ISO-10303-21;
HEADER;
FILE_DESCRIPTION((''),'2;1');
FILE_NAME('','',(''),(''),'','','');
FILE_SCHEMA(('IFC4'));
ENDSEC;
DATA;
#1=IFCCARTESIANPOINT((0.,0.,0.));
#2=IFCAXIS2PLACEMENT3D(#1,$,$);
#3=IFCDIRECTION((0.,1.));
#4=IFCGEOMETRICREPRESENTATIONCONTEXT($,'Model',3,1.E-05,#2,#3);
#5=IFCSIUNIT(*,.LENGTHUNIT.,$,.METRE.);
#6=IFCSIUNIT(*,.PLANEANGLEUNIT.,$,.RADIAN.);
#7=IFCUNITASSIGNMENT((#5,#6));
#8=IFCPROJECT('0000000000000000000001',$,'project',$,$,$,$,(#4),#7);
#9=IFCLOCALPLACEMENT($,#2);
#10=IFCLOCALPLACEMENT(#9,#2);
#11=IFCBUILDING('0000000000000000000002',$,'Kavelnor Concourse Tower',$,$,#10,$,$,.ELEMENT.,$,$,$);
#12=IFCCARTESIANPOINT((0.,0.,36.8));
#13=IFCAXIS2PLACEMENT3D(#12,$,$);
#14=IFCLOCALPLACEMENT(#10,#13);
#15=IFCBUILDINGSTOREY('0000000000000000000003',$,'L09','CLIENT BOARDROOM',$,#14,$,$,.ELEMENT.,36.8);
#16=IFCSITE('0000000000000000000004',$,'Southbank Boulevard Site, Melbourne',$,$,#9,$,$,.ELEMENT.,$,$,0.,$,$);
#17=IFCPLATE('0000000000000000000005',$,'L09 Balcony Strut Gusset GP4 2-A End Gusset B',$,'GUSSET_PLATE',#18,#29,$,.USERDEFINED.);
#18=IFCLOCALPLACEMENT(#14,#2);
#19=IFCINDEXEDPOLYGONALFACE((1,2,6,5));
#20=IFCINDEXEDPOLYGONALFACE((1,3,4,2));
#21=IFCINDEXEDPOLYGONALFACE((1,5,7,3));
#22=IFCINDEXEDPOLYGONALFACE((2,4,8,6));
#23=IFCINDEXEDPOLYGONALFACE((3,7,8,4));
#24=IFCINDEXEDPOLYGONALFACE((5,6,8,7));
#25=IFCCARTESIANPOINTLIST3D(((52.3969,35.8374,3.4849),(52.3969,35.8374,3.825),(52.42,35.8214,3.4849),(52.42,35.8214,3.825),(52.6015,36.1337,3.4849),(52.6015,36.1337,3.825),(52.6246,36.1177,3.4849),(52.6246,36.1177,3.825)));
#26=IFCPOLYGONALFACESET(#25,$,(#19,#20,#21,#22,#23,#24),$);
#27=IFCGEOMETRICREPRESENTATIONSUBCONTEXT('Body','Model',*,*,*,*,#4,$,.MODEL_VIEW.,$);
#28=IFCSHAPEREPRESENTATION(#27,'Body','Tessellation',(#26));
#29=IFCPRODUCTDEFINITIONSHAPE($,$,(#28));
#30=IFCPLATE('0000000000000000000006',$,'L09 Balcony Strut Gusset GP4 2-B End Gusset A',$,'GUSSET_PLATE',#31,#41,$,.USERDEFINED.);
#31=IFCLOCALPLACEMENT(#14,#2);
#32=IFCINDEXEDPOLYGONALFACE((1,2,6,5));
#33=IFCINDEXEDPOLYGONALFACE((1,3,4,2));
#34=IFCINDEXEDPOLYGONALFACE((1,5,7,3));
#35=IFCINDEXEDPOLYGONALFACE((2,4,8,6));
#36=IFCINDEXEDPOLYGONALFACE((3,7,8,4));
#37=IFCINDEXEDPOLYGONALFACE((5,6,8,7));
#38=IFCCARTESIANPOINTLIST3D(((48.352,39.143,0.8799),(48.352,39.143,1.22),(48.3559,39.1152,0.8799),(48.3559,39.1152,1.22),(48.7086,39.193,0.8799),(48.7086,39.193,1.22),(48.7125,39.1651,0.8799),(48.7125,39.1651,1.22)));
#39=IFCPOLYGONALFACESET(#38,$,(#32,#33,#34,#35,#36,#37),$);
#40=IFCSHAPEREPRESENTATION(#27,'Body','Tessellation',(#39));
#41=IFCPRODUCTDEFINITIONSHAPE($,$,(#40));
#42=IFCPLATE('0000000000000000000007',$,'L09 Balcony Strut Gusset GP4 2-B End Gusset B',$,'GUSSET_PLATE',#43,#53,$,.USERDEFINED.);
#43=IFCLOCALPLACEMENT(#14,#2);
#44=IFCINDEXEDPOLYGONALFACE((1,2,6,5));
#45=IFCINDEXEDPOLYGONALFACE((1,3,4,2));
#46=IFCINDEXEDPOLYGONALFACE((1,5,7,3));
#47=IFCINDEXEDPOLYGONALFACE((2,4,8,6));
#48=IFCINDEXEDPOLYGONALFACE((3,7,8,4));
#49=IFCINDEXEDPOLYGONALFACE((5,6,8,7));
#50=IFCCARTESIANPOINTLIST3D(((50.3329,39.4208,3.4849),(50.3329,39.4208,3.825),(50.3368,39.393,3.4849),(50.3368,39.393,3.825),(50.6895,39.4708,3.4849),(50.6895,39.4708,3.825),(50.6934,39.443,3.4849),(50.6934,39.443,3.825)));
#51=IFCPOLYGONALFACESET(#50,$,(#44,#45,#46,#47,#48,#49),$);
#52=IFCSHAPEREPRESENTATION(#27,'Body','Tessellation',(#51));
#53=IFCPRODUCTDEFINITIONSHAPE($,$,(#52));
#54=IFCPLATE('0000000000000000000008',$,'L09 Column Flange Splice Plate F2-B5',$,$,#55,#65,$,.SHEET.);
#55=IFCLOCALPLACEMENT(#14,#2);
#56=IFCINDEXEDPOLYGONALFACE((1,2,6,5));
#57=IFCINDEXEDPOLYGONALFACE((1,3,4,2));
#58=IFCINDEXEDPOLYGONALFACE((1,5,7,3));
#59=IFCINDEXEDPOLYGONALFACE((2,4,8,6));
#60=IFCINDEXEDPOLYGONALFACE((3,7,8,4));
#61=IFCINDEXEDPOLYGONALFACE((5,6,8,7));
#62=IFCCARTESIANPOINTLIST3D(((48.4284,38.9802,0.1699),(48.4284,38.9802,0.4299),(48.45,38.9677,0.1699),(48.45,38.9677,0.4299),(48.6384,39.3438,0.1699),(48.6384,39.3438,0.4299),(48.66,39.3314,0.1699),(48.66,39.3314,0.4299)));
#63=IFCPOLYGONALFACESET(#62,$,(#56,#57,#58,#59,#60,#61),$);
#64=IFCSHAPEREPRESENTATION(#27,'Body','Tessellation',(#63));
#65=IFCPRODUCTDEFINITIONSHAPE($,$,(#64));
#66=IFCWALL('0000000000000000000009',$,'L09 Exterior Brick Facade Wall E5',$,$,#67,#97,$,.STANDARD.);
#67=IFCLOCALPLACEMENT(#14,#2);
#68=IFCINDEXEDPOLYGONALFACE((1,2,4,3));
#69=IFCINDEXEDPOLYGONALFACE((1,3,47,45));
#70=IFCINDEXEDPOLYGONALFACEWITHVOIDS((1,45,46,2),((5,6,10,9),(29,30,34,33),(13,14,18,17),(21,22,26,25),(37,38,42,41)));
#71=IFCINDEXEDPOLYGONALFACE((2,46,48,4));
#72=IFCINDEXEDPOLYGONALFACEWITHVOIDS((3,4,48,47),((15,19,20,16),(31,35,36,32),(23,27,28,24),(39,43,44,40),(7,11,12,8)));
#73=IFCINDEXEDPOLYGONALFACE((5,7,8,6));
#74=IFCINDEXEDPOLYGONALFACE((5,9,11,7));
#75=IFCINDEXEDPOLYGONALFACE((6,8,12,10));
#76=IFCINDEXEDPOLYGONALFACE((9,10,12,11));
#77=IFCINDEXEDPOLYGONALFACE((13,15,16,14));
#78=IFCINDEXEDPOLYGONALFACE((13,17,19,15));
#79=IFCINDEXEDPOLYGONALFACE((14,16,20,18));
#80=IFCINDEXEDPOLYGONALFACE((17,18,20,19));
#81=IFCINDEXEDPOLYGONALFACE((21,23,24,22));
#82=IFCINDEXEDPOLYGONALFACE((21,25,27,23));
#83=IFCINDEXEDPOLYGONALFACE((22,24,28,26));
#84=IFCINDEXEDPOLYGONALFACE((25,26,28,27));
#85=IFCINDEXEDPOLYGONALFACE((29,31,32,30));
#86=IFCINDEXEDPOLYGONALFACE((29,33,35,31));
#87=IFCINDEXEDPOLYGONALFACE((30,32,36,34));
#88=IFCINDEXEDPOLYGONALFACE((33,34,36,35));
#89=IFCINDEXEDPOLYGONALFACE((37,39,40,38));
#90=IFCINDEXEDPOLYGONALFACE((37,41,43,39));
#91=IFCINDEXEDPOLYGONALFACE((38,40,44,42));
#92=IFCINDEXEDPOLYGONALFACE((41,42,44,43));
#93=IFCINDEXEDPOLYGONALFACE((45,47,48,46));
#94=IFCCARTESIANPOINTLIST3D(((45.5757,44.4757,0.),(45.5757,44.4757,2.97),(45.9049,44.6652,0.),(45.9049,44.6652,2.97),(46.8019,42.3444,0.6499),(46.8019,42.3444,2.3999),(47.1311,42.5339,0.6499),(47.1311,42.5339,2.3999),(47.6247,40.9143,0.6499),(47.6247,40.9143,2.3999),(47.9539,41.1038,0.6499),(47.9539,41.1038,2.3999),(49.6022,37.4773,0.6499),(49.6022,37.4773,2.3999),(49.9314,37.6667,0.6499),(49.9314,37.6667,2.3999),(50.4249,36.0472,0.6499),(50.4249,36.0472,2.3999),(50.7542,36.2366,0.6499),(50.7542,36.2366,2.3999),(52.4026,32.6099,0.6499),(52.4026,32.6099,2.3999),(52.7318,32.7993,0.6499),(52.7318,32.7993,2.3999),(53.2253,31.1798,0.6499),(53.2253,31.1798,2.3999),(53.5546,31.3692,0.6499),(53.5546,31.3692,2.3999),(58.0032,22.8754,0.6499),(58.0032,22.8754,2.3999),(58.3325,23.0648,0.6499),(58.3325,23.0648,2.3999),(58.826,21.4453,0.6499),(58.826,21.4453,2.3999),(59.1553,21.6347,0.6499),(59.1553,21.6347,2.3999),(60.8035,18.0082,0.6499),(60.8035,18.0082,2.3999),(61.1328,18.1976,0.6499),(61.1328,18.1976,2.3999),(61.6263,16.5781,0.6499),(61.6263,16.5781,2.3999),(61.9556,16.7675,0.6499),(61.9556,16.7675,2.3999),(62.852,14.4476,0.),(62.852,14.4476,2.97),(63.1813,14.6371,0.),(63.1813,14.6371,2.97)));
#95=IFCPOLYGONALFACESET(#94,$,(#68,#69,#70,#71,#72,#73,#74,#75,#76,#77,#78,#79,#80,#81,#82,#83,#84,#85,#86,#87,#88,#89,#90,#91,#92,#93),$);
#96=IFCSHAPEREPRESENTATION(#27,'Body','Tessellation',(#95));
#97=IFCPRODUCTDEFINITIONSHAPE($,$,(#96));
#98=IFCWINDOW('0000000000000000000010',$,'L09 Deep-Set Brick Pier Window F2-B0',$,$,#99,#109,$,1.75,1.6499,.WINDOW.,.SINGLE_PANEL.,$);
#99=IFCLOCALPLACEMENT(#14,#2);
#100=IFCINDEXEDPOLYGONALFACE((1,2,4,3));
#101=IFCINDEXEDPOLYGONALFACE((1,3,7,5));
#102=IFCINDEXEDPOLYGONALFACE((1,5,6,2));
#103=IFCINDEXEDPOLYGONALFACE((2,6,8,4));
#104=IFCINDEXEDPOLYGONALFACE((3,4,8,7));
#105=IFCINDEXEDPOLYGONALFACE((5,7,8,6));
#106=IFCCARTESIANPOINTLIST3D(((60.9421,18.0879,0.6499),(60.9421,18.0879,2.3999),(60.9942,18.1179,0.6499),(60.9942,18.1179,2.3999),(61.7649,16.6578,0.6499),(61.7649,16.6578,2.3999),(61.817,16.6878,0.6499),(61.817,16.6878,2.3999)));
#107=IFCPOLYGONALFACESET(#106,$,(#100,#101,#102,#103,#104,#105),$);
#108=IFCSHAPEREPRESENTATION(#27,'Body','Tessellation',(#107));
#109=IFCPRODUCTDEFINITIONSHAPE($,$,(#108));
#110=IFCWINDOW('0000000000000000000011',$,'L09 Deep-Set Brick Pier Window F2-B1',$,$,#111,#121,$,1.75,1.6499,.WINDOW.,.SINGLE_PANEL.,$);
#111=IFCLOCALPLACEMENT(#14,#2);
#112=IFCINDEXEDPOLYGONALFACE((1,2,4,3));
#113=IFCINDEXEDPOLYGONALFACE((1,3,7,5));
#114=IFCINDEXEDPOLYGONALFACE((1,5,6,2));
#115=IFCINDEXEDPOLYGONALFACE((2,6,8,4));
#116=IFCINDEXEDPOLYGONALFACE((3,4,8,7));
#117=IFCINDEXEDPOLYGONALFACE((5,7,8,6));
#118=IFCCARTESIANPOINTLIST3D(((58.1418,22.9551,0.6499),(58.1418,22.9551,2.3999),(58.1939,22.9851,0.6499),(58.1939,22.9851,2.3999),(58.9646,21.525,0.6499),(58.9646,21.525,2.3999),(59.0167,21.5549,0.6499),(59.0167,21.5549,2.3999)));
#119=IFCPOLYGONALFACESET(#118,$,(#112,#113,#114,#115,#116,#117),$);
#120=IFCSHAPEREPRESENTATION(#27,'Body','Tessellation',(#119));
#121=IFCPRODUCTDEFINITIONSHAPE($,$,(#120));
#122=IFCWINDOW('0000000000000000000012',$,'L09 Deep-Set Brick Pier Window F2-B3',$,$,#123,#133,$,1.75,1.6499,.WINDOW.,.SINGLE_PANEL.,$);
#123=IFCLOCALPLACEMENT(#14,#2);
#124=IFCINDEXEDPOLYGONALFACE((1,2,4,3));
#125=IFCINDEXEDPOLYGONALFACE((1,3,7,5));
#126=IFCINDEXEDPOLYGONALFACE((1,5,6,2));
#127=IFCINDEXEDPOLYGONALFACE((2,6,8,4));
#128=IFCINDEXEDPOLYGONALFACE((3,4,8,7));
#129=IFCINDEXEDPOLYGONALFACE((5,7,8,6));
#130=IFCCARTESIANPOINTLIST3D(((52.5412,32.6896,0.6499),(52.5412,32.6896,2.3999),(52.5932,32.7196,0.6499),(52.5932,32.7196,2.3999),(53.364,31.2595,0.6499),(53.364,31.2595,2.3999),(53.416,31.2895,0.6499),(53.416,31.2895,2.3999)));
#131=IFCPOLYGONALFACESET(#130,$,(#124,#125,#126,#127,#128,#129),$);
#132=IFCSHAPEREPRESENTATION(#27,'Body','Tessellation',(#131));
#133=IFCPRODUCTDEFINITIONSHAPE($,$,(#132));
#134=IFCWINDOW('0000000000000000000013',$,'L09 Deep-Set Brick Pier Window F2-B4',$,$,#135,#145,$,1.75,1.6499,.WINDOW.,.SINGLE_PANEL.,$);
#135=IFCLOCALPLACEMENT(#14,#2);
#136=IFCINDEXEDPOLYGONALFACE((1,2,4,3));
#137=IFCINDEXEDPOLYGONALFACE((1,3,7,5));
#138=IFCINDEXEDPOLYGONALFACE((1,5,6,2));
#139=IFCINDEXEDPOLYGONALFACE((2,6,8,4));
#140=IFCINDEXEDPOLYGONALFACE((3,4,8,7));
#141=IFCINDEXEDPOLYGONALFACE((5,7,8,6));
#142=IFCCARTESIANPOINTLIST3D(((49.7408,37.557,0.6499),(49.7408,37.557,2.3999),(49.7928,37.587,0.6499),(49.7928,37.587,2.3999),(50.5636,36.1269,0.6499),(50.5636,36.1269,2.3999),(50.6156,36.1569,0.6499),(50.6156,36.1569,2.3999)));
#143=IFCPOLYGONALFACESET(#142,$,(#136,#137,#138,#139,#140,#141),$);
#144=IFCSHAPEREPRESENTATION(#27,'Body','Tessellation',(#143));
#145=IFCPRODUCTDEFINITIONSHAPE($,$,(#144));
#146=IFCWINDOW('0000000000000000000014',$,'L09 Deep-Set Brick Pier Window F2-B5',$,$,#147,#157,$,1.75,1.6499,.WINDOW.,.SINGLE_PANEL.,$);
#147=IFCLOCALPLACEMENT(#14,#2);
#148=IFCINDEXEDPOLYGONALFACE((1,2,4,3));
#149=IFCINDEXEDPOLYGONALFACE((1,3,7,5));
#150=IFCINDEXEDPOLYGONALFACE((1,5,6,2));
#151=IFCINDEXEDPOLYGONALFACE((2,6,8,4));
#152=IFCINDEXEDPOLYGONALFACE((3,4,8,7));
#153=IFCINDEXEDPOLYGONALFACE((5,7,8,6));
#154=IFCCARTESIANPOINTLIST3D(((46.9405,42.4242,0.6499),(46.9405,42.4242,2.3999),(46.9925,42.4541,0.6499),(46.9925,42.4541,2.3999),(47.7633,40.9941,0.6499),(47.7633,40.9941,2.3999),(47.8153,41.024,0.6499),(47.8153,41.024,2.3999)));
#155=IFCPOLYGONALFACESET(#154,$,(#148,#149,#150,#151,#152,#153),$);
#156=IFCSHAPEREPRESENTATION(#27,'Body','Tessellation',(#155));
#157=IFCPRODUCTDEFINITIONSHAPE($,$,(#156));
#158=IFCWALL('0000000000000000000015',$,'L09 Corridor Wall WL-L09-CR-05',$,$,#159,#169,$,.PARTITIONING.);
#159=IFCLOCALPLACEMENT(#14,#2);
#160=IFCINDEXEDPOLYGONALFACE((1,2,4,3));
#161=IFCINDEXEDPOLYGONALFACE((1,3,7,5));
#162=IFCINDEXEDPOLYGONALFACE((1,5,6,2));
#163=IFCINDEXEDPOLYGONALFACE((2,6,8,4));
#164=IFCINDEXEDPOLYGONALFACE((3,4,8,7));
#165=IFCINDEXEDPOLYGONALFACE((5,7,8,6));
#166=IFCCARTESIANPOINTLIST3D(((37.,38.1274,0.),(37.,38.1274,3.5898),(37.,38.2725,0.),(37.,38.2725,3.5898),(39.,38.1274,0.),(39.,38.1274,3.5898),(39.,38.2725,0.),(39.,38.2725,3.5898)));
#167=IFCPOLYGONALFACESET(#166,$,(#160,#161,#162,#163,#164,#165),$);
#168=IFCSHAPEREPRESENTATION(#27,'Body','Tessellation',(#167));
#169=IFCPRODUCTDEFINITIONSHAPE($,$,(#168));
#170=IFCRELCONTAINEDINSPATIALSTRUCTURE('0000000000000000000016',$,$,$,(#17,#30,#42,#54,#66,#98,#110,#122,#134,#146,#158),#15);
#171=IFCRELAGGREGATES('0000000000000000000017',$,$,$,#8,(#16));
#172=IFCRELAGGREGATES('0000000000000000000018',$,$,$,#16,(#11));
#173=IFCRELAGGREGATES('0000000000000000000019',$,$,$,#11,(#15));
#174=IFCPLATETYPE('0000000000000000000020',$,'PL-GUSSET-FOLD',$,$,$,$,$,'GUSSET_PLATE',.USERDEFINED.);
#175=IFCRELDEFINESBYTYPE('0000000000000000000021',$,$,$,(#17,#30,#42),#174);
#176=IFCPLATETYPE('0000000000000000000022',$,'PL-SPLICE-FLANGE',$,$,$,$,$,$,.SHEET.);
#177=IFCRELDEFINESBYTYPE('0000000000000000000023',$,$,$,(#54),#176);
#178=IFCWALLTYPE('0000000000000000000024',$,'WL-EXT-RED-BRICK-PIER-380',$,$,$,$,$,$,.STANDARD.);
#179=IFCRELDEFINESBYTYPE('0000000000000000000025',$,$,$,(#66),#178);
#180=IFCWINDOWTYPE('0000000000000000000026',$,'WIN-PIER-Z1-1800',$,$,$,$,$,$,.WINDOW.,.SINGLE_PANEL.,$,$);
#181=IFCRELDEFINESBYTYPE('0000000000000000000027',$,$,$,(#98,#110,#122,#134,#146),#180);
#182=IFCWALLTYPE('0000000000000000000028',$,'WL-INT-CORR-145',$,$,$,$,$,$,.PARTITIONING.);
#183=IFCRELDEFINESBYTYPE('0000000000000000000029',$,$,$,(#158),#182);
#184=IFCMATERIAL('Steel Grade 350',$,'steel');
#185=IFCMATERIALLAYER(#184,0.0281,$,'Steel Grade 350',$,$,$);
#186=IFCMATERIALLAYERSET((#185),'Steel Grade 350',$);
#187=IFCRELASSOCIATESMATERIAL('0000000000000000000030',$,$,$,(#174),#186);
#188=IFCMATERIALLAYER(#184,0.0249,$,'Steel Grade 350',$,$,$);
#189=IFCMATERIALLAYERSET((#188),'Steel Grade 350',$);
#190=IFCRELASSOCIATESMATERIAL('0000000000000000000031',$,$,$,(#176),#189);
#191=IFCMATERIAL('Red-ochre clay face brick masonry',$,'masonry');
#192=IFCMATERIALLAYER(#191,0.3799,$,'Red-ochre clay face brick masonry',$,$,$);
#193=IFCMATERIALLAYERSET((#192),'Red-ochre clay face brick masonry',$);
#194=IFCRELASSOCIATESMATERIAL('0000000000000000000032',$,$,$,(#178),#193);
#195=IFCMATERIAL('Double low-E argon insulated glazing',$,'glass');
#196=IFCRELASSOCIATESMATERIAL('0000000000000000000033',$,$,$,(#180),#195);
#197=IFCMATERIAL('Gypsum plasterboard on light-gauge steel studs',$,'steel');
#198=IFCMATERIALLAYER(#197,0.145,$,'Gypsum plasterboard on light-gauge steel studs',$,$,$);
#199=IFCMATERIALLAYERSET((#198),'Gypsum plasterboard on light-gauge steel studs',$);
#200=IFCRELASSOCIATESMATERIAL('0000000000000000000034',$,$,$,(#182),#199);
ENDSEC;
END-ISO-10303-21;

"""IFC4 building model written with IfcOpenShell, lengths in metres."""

from ifc_helpers import new_model, si_unit, direction, frame, frame_2d, origin, origin_2d, place, context, subcontext, project, spatial, rectangle, extrude, material, layer, layer_set, type_object, element, fill, save


model = new_model("IFC4")

# Units and contexts
model_context = context("Model", 3, precision=1e-05, world=origin(), true_north=direction((0.0, 1.0)))
body_context = subcontext(model_context, "Body", "Model", "MODEL_VIEW")
ifc_project = project(units=[si_unit("LENGTHUNIT", "METRE"), si_unit("PLANEANGLEUNIT", "RADIAN")], contexts=[model_context])

# Site, building, storey
site_placement = place(None, origin())
site = spatial("IfcSite", under=ifc_project, at=site_placement, Name="Southbank Boulevard Site, Melbourne", CompositionType="ELEMENT", RefElevation=0.0)
building_placement = place(site_placement, origin())
building = spatial("IfcBuilding", under=site, at=building_placement, Name="Kavelnor Concourse Tower", CompositionType="ELEMENT")
storey_placement = place(building_placement, frame((0.0, 0.0, 36.8)))
storey = spatial("IfcBuildingStorey", under=building, at=storey_placement, Name="L09", Description="CLIENT BOARDROOM", CompositionType="ELEMENT", Elevation=36.8)

# Shared definitions
ifc_material_1 = material(Name="Steel Grade 350", Category="steel")

# Plates
ifc_layer_1 = layer(ifc_material_1, 0.0281, Name="Steel Grade 350")
ifc_layer_set_1 = layer_set([ifc_layer_1], Name="Steel Grade 350")
plate_type_1 = type_object("IfcPlateType", Name="PL-GUSSET-FOLD", ElementType="GUSSET_PLATE", PredefinedType="USERDEFINED", material=ifc_layer_set_1)
for number, where, z_axis, x_axis, name in (
    (1, (52.5107, 35.9775, 3.4849), (0.0, 0.0, 1.0), (0.568275, 0.822839, 0.0), "L09 Balcony Strut Gusset GP4 2-A End Gusset B"),
    (2, (48.5322, 39.1541, 0.8799), (0.0, 0.0, 1.0), (0.990317, 0.138827, 0.0), "L09 Balcony Strut Gusset GP4 2-B End Gusset A"),
    (3, (50.5132, 39.4319, 3.4849), (0.0, 0.0, 1.0), (0.990317, 0.138827, 0.0), "L09 Balcony Strut Gusset GP4 2-B End Gusset B"),
):
    element("IfcPlate", number, at=place(storey_placement, frame(where, z_axis=z_axis, x_axis=x_axis)), inside=storey, type_object=plate_type_1, Name=name, ObjectType="GUSSET_PLATE", PredefinedType="USERDEFINED", context=body_context, shape_type="SweptSolid", body=[
        extrude(rectangle(XDim=0.3601, YDim=0.0281, at=origin_2d()), origin(), (0.0, 0.0, 1.0), 0.3401),
    ])
ifc_layer_2 = layer(ifc_material_1, 0.0249, Name="Steel Grade 350")
ifc_layer_set_2 = layer_set([ifc_layer_2], Name="Steel Grade 350")
plate_type_2 = type_object("IfcPlateType", Name="PL-SPLICE-FLANGE", PredefinedType="SHEET", material=ifc_layer_set_2)
plate_placement = place(storey_placement, frame((48.5442, 39.1558, 0.1699), z_axis=(0.0, 0.0, 1.0), x_axis=(-0.5, -0.866025, 0.0)))
element("IfcPlate", 4, at=plate_placement, inside=storey, type_object=plate_type_2, Name="L09 Column Flange Splice Plate F2-B5", PredefinedType="SHEET", context=body_context, shape_type="SweptSolid", body=[
    extrude(rectangle(XDim=0.4199, YDim=0.0249, at=origin_2d()), origin(), (0.0, 0.0, 1.0), 0.26),
])

# Wall, openings, windows
ifc_material_2 = material(Name="Red-ochre clay face brick masonry", Category="masonry")
ifc_layer_3 = layer(ifc_material_2, 0.3799, Name="Red-ochre clay face brick masonry")
ifc_layer_set_3 = layer_set([ifc_layer_3], Name="Red-ochre clay face brick masonry")
wall_type_1 = type_object("IfcWallType", Name="WL-EXT-RED-BRICK-PIER-380", PredefinedType="STANDARD", material=ifc_layer_set_3)
wall_1_placement = place(storey_placement, frame((45.7402, 44.5706, 0.0), z_axis=(0.0, 0.0, 1.0), x_axis=(0.498693, -0.866779, 0.0)))
wall_1 = element("IfcWall", 5, at=wall_1_placement, inside=storey, type_object=wall_type_1, Name="L09 Exterior Brick Facade Wall E5", PredefinedType="STANDARD", context=body_context, shape_type="SweptSolid", body=[
    extrude(rectangle(XDim=34.6433, YDim=0.3799, at=frame_2d((17.3218, 0.0))), origin(), (0.0, 0.0, 1.0), 2.97),
])
opening_1_placement = place(wall_1_placement, frame((30.5356, 0.0, 0.6499)))
opening_1 = element("IfcOpeningElement", 6, at=opening_1_placement, cuts=wall_1, PredefinedType="OPENING", context=body_context, shape_type="SweptSolid", body=[
    extrude(rectangle(XDim=1.6499, YDim=1.75, at=frame_2d((0.825, 0.875))), frame((0.0, 0.2, 0.0), z_axis=(0.0, -1.0, 0.0), x_axis=(1.0, 0.0, 0.0)), (0.0, 0.0, 1.0), 0.3999),
])
opening_2_placement = place(wall_1_placement, frame((24.9204, 0.0, 0.6499)))
opening_2 = element("IfcOpeningElement", 7, at=opening_2_placement, cuts=wall_1, PredefinedType="OPENING", context=body_context, shape_type="SweptSolid", body=[
    extrude(rectangle(XDim=1.6499, YDim=1.75, at=frame_2d((0.825, 0.875))), frame((0.0, 0.2, 0.0), z_axis=(0.0, -1.0, 0.0), x_axis=(1.0, 0.0, 0.0)), (0.0, 0.0, 1.0), 0.3999),
])
opening_3_placement = place(wall_1_placement, frame((13.6897, 0.0, 0.6499)))
opening_3 = element("IfcOpeningElement", 8, at=opening_3_placement, cuts=wall_1, PredefinedType="OPENING", context=body_context, shape_type="SweptSolid", body=[
    extrude(rectangle(XDim=1.6499, YDim=1.75, at=frame_2d((0.825, 0.875))), frame((0.0, 0.2, 0.0), z_axis=(0.0, -1.0, 0.0), x_axis=(1.0, 0.0, 0.0)), (0.0, 0.0, 1.0), 0.3999),
])
opening_4_placement = place(wall_1_placement, frame((8.0742, 0.0, 0.6499)))
opening_4 = element("IfcOpeningElement", 9, at=opening_4_placement, cuts=wall_1, PredefinedType="OPENING", context=body_context, shape_type="SweptSolid", body=[
    extrude(rectangle(XDim=1.6499, YDim=1.75, at=frame_2d((0.825, 0.875))), frame((0.0, 0.2, 0.0), z_axis=(0.0, -1.0, 0.0), x_axis=(1.0, 0.0, 0.0)), (0.0, 0.0, 1.0), 0.3999),
])
opening_5_placement = place(wall_1_placement, frame((2.459, 0.0, 0.6499)))
opening_5 = element("IfcOpeningElement", 10, at=opening_5_placement, cuts=wall_1, PredefinedType="OPENING", context=body_context, shape_type="SweptSolid", body=[
    extrude(rectangle(XDim=1.6499, YDim=1.75, at=frame_2d((0.825, 0.875))), frame((0.0, 0.2, 0.0), z_axis=(0.0, -1.0, 0.0), x_axis=(1.0, 0.0, 0.0)), (0.0, 0.0, 1.0), 0.3999),
])
ifc_material_3 = material(Name="Double low-E argon insulated glazing", Category="glass")
window_type = type_object("IfcWindowType", Name="WIN-PIER-Z1-1800", PartitioningType="SINGLE_PANEL", PredefinedType="WINDOW", material=ifc_material_3)
window_1_placement = place(opening_1_placement, origin())
window_1 = element("IfcWindow", 11, at=window_1_placement, inside=storey, type_object=window_type, Name="L09 Deep-Set Brick Pier Window F2-B0", OverallHeight=1.75, OverallWidth=1.6499, PartitioningType="SINGLE_PANEL", PredefinedType="WINDOW", context=body_context, shape_type="SweptSolid", body=[
    extrude(rectangle(XDim=1.6499, YDim=1.75, at=frame_2d((0.825, 0.875))), frame((0.0, 0.03, 0.0), z_axis=(0.0, -1.0, 0.0), x_axis=(1.0, 0.0, 0.0)), (0.0, 0.0, 1.0), 0.0601),
])
fill(opening_1, window_1)
window_2_placement = place(opening_2_placement, origin())
window_2 = element("IfcWindow", 12, at=window_2_placement, inside=storey, type_object=window_type, Name="L09 Deep-Set Brick Pier Window F2-B1", OverallHeight=1.75, OverallWidth=1.6499, PartitioningType="SINGLE_PANEL", PredefinedType="WINDOW", context=body_context, shape_type="SweptSolid", body=[
    extrude(rectangle(XDim=1.6499, YDim=1.75, at=frame_2d((0.825, 0.875))), frame((0.0, 0.03, 0.0), z_axis=(0.0, -1.0, 0.0), x_axis=(1.0, 0.0, 0.0)), (0.0, 0.0, 1.0), 0.0601),
])
fill(opening_2, window_2)
window_3_placement = place(opening_3_placement, origin())
window_3 = element("IfcWindow", 13, at=window_3_placement, inside=storey, type_object=window_type, Name="L09 Deep-Set Brick Pier Window F2-B3", OverallHeight=1.75, OverallWidth=1.6499, PartitioningType="SINGLE_PANEL", PredefinedType="WINDOW", context=body_context, shape_type="SweptSolid", body=[
    extrude(rectangle(XDim=1.6499, YDim=1.75, at=frame_2d((0.825, 0.875))), frame((0.0, 0.03, 0.0), z_axis=(0.0, -1.0, 0.0), x_axis=(1.0, 0.0, 0.0)), (0.0, 0.0, 1.0), 0.0601),
])
fill(opening_3, window_3)
window_4_placement = place(opening_4_placement, origin())
window_4 = element("IfcWindow", 14, at=window_4_placement, inside=storey, type_object=window_type, Name="L09 Deep-Set Brick Pier Window F2-B4", OverallHeight=1.75, OverallWidth=1.6499, PartitioningType="SINGLE_PANEL", PredefinedType="WINDOW", context=body_context, shape_type="SweptSolid", body=[
    extrude(rectangle(XDim=1.6499, YDim=1.75, at=frame_2d((0.825, 0.875))), frame((0.0, 0.03, 0.0), z_axis=(0.0, -1.0, 0.0), x_axis=(1.0, 0.0, 0.0)), (0.0, 0.0, 1.0), 0.0601),
])
fill(opening_4, window_4)
window_5_placement = place(opening_5_placement, origin())
window_5 = element("IfcWindow", 15, at=window_5_placement, inside=storey, type_object=window_type, Name="L09 Deep-Set Brick Pier Window F2-B5", OverallHeight=1.75, OverallWidth=1.6499, PartitioningType="SINGLE_PANEL", PredefinedType="WINDOW", context=body_context, shape_type="SweptSolid", body=[
    extrude(rectangle(XDim=1.6499, YDim=1.75, at=frame_2d((0.825, 0.875))), frame((0.0, 0.03, 0.0), z_axis=(0.0, -1.0, 0.0), x_axis=(1.0, 0.0, 0.0)), (0.0, 0.0, 1.0), 0.0601),
])
fill(opening_5, window_5)

# Wall
ifc_material_4 = material(Name="Gypsum plasterboard on light-gauge steel studs", Category="steel")
ifc_layer_4 = layer(ifc_material_4, 0.145, Name="Gypsum plasterboard on light-gauge steel studs")
ifc_layer_set_4 = layer_set([ifc_layer_4], Name="Gypsum plasterboard on light-gauge steel studs")
wall_type_2 = type_object("IfcWallType", Name="WL-INT-CORR-145", PredefinedType="PARTITIONING", material=ifc_layer_set_4)
wall_2_placement = place(storey_placement, frame((37.0, 38.2, 0.0), z_axis=(0.0, 0.0, 1.0), x_axis=(1.0, 0.0, 0.0)))
element("IfcWall", 16, at=wall_2_placement, inside=storey, type_object=wall_type_2, Name="L09 Corridor Wall WL-L09-CR-05", PredefinedType="PARTITIONING", context=body_context, shape_type="SweptSolid", body=[
    extrude(rectangle(XDim=2.0, YDim=0.145, at=frame_2d((1.0, 0.0))), origin(), (0.0, 0.0, 1.0), 3.5898),
])

save(model, "model.ifc")
